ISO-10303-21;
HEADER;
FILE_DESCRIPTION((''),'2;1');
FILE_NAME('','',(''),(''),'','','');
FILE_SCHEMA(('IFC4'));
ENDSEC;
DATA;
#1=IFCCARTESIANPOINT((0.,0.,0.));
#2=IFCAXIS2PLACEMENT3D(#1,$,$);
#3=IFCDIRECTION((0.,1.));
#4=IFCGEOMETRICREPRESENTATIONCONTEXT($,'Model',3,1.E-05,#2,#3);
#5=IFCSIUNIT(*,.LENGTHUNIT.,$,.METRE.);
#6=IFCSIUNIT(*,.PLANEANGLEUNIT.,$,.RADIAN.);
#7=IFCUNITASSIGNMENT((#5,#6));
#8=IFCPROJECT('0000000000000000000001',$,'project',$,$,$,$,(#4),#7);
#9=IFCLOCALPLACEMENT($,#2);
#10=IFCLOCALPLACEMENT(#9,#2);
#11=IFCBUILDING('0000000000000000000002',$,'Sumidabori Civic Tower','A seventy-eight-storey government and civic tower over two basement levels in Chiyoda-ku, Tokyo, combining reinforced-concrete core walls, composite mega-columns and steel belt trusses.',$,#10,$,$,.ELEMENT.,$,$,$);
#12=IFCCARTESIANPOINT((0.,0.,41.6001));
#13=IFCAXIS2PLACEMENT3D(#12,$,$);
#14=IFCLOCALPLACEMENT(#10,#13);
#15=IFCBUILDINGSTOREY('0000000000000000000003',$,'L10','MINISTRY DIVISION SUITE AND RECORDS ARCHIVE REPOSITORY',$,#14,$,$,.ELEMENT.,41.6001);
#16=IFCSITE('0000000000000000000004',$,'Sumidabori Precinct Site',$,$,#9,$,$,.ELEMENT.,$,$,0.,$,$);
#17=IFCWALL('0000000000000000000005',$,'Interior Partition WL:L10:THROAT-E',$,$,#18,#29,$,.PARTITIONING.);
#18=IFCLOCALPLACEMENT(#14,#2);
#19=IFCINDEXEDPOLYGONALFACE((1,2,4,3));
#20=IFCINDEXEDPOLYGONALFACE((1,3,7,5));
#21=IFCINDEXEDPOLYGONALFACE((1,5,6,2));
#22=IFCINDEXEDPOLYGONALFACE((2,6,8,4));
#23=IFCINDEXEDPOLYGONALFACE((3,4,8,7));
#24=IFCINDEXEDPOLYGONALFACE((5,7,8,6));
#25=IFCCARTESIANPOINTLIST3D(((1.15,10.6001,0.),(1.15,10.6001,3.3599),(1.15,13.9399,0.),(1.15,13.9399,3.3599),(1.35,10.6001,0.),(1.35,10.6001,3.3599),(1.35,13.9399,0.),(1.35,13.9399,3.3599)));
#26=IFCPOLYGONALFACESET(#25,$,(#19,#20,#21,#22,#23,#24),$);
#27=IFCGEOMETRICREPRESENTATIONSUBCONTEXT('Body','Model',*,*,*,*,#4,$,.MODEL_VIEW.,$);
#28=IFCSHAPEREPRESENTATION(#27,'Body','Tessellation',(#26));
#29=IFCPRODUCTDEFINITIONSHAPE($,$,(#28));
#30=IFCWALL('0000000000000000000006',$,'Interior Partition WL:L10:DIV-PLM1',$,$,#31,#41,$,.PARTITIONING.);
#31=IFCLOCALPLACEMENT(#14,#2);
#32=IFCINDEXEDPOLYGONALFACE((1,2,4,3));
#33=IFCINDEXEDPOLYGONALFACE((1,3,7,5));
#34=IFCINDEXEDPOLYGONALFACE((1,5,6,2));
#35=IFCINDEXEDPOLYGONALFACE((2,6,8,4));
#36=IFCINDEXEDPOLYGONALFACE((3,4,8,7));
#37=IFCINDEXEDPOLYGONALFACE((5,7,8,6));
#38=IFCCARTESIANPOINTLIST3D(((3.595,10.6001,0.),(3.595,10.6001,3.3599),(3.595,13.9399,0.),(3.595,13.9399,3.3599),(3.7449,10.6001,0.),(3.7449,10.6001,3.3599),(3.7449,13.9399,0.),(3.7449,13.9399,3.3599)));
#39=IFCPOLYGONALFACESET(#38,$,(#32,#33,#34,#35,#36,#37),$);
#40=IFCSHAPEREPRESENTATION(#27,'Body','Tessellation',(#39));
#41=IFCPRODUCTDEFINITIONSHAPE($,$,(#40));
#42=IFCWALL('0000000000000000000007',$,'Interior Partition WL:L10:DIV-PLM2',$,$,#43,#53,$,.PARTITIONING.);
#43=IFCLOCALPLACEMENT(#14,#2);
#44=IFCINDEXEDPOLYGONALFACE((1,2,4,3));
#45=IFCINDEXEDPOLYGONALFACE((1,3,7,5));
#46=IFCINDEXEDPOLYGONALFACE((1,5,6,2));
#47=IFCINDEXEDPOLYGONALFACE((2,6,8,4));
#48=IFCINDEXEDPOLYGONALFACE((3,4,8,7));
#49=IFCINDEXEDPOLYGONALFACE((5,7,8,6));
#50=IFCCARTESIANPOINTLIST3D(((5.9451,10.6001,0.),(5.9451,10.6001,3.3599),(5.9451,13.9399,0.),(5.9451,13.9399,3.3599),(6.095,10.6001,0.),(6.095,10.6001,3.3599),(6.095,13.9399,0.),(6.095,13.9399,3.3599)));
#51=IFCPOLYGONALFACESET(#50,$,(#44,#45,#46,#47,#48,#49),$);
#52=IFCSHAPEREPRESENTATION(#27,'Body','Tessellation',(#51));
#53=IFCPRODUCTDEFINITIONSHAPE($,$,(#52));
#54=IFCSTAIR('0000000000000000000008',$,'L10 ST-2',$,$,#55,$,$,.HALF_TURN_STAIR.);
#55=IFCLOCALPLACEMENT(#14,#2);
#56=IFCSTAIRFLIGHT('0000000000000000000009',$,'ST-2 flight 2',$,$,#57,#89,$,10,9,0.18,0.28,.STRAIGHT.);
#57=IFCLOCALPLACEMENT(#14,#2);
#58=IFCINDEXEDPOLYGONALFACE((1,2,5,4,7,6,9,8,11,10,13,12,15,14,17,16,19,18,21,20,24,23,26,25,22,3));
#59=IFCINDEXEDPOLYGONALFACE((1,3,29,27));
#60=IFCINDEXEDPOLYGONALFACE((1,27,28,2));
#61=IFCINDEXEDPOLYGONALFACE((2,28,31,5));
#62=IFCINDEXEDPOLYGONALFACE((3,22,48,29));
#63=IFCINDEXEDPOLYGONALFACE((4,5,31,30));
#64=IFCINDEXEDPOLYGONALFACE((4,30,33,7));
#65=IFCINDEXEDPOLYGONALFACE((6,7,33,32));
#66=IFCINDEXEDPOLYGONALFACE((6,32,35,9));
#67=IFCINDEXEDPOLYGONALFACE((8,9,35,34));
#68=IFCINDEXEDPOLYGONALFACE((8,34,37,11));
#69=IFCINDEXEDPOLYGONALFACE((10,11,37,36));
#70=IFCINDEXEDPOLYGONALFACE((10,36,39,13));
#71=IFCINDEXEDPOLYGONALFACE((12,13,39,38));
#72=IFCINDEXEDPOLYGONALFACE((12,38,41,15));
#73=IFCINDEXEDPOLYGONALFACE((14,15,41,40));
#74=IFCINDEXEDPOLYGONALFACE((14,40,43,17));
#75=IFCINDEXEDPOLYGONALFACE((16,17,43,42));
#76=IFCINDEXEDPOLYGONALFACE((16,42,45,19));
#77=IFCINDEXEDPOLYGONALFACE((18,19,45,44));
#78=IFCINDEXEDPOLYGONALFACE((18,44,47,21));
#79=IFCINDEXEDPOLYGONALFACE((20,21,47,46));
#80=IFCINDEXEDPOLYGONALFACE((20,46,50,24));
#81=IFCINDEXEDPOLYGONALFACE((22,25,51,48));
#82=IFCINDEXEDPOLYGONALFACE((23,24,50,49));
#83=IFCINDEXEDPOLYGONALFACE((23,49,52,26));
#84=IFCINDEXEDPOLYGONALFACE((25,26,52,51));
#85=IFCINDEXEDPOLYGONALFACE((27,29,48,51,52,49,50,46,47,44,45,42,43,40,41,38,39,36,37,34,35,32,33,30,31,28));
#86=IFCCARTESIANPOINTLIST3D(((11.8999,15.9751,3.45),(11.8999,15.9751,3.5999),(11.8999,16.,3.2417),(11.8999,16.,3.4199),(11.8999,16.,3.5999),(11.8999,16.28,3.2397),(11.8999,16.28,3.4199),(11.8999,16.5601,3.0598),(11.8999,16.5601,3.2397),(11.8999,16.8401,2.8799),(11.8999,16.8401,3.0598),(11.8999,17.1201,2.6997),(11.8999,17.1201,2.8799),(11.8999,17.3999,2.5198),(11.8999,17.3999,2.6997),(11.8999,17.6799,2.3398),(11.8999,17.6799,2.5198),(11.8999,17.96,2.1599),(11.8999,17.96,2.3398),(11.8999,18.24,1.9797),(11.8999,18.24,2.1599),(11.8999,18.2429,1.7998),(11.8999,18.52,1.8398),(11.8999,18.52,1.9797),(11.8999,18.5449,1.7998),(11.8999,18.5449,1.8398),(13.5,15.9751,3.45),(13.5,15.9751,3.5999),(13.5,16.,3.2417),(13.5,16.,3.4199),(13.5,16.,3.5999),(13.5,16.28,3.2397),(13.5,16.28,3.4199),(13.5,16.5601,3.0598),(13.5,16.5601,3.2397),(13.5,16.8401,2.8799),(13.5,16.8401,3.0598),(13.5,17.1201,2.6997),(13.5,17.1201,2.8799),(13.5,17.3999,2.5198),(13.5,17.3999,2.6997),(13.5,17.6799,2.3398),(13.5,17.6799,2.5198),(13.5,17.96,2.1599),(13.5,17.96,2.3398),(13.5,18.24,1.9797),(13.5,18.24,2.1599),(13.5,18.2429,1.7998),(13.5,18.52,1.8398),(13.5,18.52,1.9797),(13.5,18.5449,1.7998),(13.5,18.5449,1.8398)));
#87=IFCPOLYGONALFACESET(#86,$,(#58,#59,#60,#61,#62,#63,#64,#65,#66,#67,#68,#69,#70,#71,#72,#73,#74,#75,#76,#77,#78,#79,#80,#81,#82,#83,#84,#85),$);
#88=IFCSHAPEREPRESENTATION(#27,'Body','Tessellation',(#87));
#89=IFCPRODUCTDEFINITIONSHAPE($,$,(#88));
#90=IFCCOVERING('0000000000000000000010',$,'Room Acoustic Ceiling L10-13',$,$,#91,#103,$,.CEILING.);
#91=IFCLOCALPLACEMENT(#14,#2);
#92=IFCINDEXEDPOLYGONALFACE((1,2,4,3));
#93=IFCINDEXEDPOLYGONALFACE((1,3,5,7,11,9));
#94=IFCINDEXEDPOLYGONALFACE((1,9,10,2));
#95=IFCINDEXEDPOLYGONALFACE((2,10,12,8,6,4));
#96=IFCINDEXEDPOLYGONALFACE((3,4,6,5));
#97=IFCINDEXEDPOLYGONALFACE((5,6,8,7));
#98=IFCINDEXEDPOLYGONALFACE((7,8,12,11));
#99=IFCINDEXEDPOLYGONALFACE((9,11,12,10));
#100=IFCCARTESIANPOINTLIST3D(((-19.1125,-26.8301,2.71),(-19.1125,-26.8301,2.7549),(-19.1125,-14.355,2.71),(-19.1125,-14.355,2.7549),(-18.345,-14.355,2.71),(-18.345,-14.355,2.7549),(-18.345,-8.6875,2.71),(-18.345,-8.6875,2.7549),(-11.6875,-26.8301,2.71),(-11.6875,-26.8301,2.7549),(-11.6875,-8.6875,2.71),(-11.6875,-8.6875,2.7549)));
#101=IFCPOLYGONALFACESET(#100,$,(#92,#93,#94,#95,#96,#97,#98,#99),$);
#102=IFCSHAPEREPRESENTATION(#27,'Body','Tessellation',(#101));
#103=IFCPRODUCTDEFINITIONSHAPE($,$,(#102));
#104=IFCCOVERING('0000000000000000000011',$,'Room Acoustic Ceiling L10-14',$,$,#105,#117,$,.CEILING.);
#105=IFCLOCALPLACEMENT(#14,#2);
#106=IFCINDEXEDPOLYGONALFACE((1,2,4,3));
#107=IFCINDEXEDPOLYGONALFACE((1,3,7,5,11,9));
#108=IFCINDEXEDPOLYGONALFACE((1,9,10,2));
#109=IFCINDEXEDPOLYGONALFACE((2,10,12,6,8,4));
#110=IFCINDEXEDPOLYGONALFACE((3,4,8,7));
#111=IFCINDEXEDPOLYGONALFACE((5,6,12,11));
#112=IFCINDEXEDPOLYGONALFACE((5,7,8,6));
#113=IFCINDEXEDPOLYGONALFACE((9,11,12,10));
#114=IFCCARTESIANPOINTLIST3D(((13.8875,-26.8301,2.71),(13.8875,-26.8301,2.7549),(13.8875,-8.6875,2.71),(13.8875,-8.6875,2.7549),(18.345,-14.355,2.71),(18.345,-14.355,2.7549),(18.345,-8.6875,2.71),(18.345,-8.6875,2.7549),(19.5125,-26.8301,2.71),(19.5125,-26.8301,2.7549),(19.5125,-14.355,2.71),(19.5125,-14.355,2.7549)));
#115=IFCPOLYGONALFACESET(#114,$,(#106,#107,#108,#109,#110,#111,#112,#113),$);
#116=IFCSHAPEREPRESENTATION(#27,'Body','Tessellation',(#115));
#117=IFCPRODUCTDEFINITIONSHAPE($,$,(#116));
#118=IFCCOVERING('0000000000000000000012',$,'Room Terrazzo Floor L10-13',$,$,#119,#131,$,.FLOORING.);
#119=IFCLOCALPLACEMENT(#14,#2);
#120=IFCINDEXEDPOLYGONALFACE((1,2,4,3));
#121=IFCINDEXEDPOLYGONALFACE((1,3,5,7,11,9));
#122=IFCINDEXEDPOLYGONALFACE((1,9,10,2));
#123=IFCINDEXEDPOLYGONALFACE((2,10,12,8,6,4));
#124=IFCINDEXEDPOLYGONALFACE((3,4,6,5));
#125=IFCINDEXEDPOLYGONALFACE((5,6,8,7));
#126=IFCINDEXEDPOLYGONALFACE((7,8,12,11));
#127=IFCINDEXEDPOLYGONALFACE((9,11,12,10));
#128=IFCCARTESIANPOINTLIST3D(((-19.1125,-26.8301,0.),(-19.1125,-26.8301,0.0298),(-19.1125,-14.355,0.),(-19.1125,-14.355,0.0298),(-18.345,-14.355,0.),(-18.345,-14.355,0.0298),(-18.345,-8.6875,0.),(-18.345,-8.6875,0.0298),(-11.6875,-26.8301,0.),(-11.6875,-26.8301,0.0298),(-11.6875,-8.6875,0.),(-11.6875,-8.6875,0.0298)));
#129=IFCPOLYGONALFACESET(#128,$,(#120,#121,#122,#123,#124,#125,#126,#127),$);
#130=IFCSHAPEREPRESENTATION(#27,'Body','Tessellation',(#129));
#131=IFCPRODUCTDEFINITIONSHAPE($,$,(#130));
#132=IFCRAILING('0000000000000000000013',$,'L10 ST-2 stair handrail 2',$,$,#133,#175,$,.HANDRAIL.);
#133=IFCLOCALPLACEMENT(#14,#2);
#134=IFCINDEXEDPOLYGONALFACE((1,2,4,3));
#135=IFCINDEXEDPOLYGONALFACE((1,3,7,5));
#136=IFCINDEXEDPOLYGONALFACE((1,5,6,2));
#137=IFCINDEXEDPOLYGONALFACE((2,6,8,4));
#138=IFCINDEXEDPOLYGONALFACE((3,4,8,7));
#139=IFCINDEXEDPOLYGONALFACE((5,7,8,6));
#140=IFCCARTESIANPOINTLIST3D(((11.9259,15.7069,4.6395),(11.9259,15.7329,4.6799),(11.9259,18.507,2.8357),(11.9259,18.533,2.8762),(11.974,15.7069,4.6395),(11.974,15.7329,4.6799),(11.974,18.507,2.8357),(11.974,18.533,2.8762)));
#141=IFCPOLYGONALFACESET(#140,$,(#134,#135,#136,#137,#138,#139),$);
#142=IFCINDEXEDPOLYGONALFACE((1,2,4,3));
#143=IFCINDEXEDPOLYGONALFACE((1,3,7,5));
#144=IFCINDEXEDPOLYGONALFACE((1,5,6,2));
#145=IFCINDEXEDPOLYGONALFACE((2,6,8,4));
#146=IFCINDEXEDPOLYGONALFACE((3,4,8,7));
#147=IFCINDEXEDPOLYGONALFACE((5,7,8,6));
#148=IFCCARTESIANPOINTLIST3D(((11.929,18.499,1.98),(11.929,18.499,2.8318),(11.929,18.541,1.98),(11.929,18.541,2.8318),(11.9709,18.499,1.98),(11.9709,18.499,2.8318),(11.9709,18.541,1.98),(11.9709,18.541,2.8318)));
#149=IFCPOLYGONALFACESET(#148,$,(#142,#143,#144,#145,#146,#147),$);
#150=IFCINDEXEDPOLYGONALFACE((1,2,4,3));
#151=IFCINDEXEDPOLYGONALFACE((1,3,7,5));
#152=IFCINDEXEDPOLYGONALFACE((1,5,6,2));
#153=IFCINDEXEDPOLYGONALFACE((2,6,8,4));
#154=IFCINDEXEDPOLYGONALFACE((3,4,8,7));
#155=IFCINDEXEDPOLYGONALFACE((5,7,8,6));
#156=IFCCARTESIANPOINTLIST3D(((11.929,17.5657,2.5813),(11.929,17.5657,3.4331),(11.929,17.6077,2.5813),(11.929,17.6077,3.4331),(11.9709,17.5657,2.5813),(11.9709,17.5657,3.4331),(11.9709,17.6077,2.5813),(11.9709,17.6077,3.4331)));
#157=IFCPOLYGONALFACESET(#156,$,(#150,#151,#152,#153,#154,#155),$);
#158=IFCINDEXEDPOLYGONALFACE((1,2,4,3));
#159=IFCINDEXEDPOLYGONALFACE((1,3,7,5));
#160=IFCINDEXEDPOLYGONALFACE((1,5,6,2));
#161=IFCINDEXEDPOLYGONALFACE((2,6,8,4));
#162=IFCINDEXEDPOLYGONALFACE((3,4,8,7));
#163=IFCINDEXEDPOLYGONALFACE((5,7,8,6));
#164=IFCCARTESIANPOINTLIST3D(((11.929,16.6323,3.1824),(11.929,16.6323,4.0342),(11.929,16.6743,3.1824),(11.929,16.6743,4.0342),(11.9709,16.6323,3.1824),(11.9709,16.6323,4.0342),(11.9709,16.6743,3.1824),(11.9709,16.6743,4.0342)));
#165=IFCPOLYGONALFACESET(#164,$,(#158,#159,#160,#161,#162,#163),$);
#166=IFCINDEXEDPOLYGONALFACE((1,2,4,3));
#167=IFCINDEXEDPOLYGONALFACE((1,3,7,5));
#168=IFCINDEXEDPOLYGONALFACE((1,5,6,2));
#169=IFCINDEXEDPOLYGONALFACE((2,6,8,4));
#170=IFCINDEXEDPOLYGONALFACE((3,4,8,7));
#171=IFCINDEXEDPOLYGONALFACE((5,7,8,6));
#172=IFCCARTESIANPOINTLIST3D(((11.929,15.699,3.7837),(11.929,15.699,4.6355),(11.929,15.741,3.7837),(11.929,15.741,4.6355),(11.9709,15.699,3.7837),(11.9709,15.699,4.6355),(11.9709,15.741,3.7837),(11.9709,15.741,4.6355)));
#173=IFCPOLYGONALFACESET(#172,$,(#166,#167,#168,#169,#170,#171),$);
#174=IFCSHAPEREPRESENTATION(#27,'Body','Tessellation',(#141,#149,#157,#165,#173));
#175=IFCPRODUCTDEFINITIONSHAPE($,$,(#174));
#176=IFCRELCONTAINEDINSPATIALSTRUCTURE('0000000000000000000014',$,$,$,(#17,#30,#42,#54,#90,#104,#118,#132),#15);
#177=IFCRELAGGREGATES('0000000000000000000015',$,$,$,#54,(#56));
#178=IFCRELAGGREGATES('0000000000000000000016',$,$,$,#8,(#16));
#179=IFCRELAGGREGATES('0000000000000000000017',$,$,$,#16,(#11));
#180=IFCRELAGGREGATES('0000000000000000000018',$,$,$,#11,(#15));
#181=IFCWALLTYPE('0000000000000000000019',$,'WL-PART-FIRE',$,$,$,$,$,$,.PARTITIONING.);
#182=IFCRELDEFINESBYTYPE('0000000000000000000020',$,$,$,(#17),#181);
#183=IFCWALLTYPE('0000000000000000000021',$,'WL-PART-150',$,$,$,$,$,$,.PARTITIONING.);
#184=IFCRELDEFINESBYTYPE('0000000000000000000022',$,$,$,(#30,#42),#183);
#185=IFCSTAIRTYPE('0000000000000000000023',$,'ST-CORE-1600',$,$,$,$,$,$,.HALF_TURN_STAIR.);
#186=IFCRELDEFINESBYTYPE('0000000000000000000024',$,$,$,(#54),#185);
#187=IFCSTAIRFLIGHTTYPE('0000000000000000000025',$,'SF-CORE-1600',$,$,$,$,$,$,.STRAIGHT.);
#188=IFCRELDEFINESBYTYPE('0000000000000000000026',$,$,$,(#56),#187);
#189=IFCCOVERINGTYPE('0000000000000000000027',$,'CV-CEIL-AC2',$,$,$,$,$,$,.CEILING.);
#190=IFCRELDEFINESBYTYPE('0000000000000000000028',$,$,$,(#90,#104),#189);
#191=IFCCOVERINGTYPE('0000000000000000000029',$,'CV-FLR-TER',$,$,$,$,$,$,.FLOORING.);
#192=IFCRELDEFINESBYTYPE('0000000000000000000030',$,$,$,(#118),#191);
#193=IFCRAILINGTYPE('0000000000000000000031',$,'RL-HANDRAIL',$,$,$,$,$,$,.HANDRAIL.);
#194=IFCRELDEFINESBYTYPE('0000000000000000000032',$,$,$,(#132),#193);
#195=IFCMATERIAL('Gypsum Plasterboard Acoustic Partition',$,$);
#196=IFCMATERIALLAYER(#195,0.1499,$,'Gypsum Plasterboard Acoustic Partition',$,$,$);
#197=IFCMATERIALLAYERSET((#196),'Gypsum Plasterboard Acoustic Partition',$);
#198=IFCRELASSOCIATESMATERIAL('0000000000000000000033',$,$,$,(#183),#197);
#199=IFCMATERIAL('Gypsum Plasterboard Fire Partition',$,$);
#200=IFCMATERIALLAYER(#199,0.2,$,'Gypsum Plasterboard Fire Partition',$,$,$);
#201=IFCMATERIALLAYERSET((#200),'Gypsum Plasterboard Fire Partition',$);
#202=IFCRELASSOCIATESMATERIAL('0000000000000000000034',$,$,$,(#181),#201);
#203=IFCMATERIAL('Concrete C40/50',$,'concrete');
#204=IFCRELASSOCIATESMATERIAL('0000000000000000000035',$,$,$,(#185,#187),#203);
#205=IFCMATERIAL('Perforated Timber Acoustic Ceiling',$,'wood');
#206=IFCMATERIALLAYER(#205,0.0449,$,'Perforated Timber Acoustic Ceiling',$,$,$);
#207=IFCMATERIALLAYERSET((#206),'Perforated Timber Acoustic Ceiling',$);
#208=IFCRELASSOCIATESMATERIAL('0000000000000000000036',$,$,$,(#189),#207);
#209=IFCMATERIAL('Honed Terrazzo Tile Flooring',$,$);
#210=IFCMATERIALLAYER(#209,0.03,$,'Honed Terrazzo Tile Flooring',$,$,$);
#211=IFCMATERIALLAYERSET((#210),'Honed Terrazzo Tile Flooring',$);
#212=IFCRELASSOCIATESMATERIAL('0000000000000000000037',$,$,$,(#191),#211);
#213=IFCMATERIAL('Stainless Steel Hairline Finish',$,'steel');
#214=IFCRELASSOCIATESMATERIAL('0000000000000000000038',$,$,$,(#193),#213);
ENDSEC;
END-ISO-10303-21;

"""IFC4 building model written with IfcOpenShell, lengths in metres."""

from ifc_helpers import new_model, si_unit, direction, frame, frame_2d, origin, origin_2d, place, context, subcontext, project, spatial, polyline, rectangle, outline, extrude, source, transform, mapped, material, layer, layer_set, type_object, element, aggregate, save


model = new_model("IFC4")

# Units and contexts
model_context = context("Model", 3, precision=1e-05, world=origin(), true_north=direction((0.0, 1.0)))
body_context = subcontext(model_context, "Body", "Model", "MODEL_VIEW")
ifc_project = project(units=[si_unit("LENGTHUNIT", "METRE"), si_unit("PLANEANGLEUNIT", "RADIAN")], contexts=[model_context])

# Site, building, storey
site_placement = place(None, origin())
site = spatial("IfcSite", under=ifc_project, at=site_placement, Name="Sumidabori Precinct Site", CompositionType="ELEMENT", RefElevation=0.0)
building_placement = place(site_placement, origin())
building = spatial("IfcBuilding", under=site, at=building_placement, Name="Sumidabori Civic Tower", Description="A seventy-eight-storey government and civic tower over two basement levels in Chiyoda-ku, Tokyo, combining reinforced-concrete core walls, composite mega-columns and steel belt trusses.", CompositionType="ELEMENT")
storey_placement = place(building_placement, frame((0.0, 0.0, 41.6001)))
storey = spatial("IfcBuildingStorey", under=building, at=storey_placement, Name="L10", Description="MINISTRY DIVISION SUITE AND RECORDS ARCHIVE REPOSITORY", CompositionType="ELEMENT", Elevation=41.6001)

# Shared definitions
ifc_material_1 = material(Name="Stainless Steel Hairline Finish", Category="steel")

# Walls
ifc_material_2 = material(Name="Gypsum Plasterboard Acoustic Partition")
ifc_layer_1 = layer(ifc_material_2, 0.1499, Name="Gypsum Plasterboard Acoustic Partition")
ifc_layer_set_1 = layer_set([ifc_layer_1], Name="Gypsum Plasterboard Acoustic Partition")
wall_type_1 = type_object("IfcWallType", Name="WL-PART-150", PredefinedType="PARTITIONING", material=ifc_layer_set_1)
ifc_material_3 = material(Name="Gypsum Plasterboard Fire Partition")
ifc_layer_2 = layer(ifc_material_3, 0.2, Name="Gypsum Plasterboard Fire Partition")
ifc_layer_set_2 = layer_set([ifc_layer_2], Name="Gypsum Plasterboard Fire Partition")
wall_type_2 = type_object("IfcWallType", Name="WL-PART-FIRE", PredefinedType="PARTITIONING", material=ifc_layer_set_2)
shared_shape_1 = source(origin(), body_context, "Body", "SweptSolid", [
    extrude(rectangle(XDim=3.3398, YDim=0.2, at=frame_2d((1.6699, 0.0))), origin(), (0.0, 0.0, 1.0), 3.3599),
])
wall_1_placement = place(storey_placement, frame((1.25, 10.6001, 0.0), z_axis=(0.0, 0.0, 1.0), x_axis=(0.0, 1.0, 0.0)))
element("IfcWall", 1, at=wall_1_placement, inside=storey, type_object=wall_type_2, Name="Interior Partition WL:L10:THROAT-E", PredefinedType="PARTITIONING", context=body_context, shape_type="MappedRepresentation", body=[
    mapped(shared_shape_1, transform((0.0, 0.0, 0.0), x_axis=(1.0, 0.0, 0.0), y_axis=(0.0, 1.0, 0.0), z_axis=(0.0, 0.0, 1.0), scale=1.0)),
])
shared_shape_2 = source(origin(), body_context, "Body", "SweptSolid", [
    extrude(rectangle(XDim=3.3398, YDim=0.1499, at=frame_2d((1.6699, 0.0))), origin(), (0.0, 0.0, 1.0), 3.3599),
])
for number, where, z_axis, x_axis, name in (
    (2, (3.6699, 10.6001, 0.0), (0.0, 0.0, 1.0), (0.0, 1.0, 0.0), "Interior Partition WL:L10:DIV-PLM1"),
    (3, (6.02, 10.6001, 0.0), (0.0, 0.0, 1.0), (0.0, 1.0, 0.0), "Interior Partition WL:L10:DIV-PLM2"),
):
    element("IfcWall", number, at=place(storey_placement, frame(where, z_axis=z_axis, x_axis=x_axis)), inside=storey, type_object=wall_type_1, Name=name, PredefinedType="PARTITIONING", context=body_context, shape_type="MappedRepresentation", body=[
        mapped(shared_shape_2, transform((0.0, 0.0, 0.0), x_axis=(1.0, 0.0, 0.0), y_axis=(0.0, 1.0, 0.0), z_axis=(0.0, 0.0, 1.0), scale=1.0)),
    ])

# Stair, stair flight
ifc_material_4 = material(Name="Concrete C40/50", Category="concrete")
stair_type = type_object("IfcStairType", Name="ST-CORE-1600", PredefinedType="HALF_TURN_STAIR", material=ifc_material_4)
stair_placement = place(storey_placement, origin())
stair = element("IfcStair", 4, at=stair_placement, inside=storey, type_object=stair_type, Name="L10 ST-2", PredefinedType="HALF_TURN_STAIR")
stair_flight_type = type_object("IfcStairFlightType", Name="SF-CORE-1600", PredefinedType="STRAIGHT", material=ifc_material_4)
shared_shape_3 = source(origin(), body_context, "Body", "SweptSolid", [
    extrude(outline(polyline([(-0.0249, 0.0), (-0.0249, 0.04), (0.0, 0.04), (0.0, 0.1799), (0.28, 0.1799), (0.28, 0.3601), (0.5601, 0.3601), (0.5601, 0.54), (0.8401, 0.54), (0.8401, 0.72), (1.1201, 0.72), (1.1201, 0.8999), (1.3999, 0.8999), (1.3999, 1.0801), (1.6799, 1.0801), (1.6799, 1.26), (1.96, 1.26), (1.96, 1.4399), (2.24, 1.4399), (2.24, 1.6201), (2.52, 1.6201), (2.52, 1.8), (2.5449, 1.8), (2.5449, 1.6501), (2.52, 1.4419), (0.2771, 0.0), (-0.0249, 0.0)])), frame((0.0, 0.8, 0.0), z_axis=(0.0, -1.0, 0.0), x_axis=(1.0, 0.0, 0.0)), (0.0, 0.0, 1.0), 1.6001),
])
stair_flight_placement = place(storey_placement, frame((12.7, 18.52, 1.7998), z_axis=(0.0, 0.0, 1.0), x_axis=(0.0, -1.0, 0.0)))
stair_flight = element("IfcStairFlight", 5, at=stair_flight_placement, type_object=stair_flight_type, Name="ST-2 flight 2", NumberOfRisers=10, NumberOfTreads=9, PredefinedType="STRAIGHT", RiserHeight=0.18, TreadLength=0.28, context=body_context, shape_type="MappedRepresentation", body=[
    mapped(shared_shape_3, transform((0.0, 0.0, 0.0), x_axis=(1.0, 0.0, 0.0), y_axis=(0.0, 1.0, 0.0), z_axis=(0.0, 0.0, 1.0), scale=1.0)),
])
aggregate(stair, [stair_flight])

# Coverings
ifc_material_5 = material(Name="Perforated Timber Acoustic Ceiling", Category="wood")
ifc_layer_3 = layer(ifc_material_5, 0.0449, Name="Perforated Timber Acoustic Ceiling")
ifc_layer_set_3 = layer_set([ifc_layer_3], Name="Perforated Timber Acoustic Ceiling")
covering_type_1 = type_object("IfcCoveringType", Name="CV-CEIL-AC2", PredefinedType="CEILING", material=ifc_layer_set_3)
covering_1_placement = place(storey_placement, frame((0.0, 0.0, 2.71)))
element("IfcCovering", 6, at=covering_1_placement, inside=storey, type_object=covering_type_1, Name="Room Acoustic Ceiling L10-13", PredefinedType="CEILING", context=body_context, shape_type="SweptSolid", body=[
    extrude(outline(polyline([(-18.345, -14.355), (-18.345, -8.6875), (-11.6875, -8.6875), (-11.6875, -26.8301), (-19.1125, -26.8301), (-19.1125, -14.355), (-18.345, -14.355)])), origin(), (0.0, 0.0, 1.0), 0.0449),
])
covering_2_placement = place(storey_placement, frame((0.0, 0.0, 2.71)))
element("IfcCovering", 7, at=covering_2_placement, inside=storey, type_object=covering_type_1, Name="Room Acoustic Ceiling L10-14", PredefinedType="CEILING", context=body_context, shape_type="SweptSolid", body=[
    extrude(outline(polyline([(18.345, -14.355), (19.5125, -14.355), (19.5125, -26.8301), (13.8875, -26.8301), (13.8875, -8.6875), (18.345, -8.6875), (18.345, -14.355)])), origin(), (0.0, 0.0, 1.0), 0.0449),
])
ifc_material_6 = material(Name="Honed Terrazzo Tile Flooring")
ifc_layer_4 = layer(ifc_material_6, 0.03, Name="Honed Terrazzo Tile Flooring")
ifc_layer_set_4 = layer_set([ifc_layer_4], Name="Honed Terrazzo Tile Flooring")
covering_type_2 = type_object("IfcCoveringType", Name="CV-FLR-TER", PredefinedType="FLOORING", material=ifc_layer_set_4)
covering_3_placement = place(storey_placement, origin())
element("IfcCovering", 8, at=covering_3_placement, inside=storey, type_object=covering_type_2, Name="Room Terrazzo Floor L10-13", PredefinedType="FLOORING", context=body_context, shape_type="SweptSolid", body=[
    extrude(outline(polyline([(-18.345, -14.355), (-18.345, -8.6875), (-11.6875, -8.6875), (-11.6875, -26.8301), (-19.1125, -26.8301), (-19.1125, -14.355), (-18.345, -14.355)])), origin(), (0.0, 0.0, 1.0), 0.0298),
])

# Railing
railing_type_1 = type_object("IfcRailingType", Name="RL-HANDRAIL", PredefinedType="HANDRAIL", material=ifc_material_1)
railing_1_placement = place(storey_placement, frame((11.95, 18.52, 1.98)))
element("IfcRailing", 9, at=railing_1_placement, inside=storey, type_object=railing_type_1, Name="L10 ST-2 stair handrail 2", PredefinedType="HANDRAIL", context=body_context, shape_type="SweptSolid", body=[
    extrude(rectangle(XDim=0.0481, YDim=0.0481, at=origin_2d()), frame((0.0, 0.0, 0.876), z_axis=(0.0, -0.840676, 0.541539), x_axis=(1.0, 0.0, 0.0)), (0.0, 0.0, 1.0), 3.3308),
    extrude(rectangle(XDim=0.042, YDim=0.042, at=origin_2d()), origin(), (0.0, 0.0, 1.0), 0.8518),
    extrude(rectangle(XDim=0.042, YDim=0.042, at=origin_2d()), frame((0.0, -0.9333, 0.6013)), (0.0, 0.0, 1.0), 0.8518),
    extrude(rectangle(XDim=0.042, YDim=0.042, at=origin_2d()), frame((0.0, -1.8667, 1.2024)), (0.0, 0.0, 1.0), 0.8518),
    extrude(rectangle(XDim=0.042, YDim=0.042, at=origin_2d()), frame((0.0, -2.8, 1.8037)), (0.0, 0.0, 1.0), 0.8518),
])

save(model, "model.ifc")
